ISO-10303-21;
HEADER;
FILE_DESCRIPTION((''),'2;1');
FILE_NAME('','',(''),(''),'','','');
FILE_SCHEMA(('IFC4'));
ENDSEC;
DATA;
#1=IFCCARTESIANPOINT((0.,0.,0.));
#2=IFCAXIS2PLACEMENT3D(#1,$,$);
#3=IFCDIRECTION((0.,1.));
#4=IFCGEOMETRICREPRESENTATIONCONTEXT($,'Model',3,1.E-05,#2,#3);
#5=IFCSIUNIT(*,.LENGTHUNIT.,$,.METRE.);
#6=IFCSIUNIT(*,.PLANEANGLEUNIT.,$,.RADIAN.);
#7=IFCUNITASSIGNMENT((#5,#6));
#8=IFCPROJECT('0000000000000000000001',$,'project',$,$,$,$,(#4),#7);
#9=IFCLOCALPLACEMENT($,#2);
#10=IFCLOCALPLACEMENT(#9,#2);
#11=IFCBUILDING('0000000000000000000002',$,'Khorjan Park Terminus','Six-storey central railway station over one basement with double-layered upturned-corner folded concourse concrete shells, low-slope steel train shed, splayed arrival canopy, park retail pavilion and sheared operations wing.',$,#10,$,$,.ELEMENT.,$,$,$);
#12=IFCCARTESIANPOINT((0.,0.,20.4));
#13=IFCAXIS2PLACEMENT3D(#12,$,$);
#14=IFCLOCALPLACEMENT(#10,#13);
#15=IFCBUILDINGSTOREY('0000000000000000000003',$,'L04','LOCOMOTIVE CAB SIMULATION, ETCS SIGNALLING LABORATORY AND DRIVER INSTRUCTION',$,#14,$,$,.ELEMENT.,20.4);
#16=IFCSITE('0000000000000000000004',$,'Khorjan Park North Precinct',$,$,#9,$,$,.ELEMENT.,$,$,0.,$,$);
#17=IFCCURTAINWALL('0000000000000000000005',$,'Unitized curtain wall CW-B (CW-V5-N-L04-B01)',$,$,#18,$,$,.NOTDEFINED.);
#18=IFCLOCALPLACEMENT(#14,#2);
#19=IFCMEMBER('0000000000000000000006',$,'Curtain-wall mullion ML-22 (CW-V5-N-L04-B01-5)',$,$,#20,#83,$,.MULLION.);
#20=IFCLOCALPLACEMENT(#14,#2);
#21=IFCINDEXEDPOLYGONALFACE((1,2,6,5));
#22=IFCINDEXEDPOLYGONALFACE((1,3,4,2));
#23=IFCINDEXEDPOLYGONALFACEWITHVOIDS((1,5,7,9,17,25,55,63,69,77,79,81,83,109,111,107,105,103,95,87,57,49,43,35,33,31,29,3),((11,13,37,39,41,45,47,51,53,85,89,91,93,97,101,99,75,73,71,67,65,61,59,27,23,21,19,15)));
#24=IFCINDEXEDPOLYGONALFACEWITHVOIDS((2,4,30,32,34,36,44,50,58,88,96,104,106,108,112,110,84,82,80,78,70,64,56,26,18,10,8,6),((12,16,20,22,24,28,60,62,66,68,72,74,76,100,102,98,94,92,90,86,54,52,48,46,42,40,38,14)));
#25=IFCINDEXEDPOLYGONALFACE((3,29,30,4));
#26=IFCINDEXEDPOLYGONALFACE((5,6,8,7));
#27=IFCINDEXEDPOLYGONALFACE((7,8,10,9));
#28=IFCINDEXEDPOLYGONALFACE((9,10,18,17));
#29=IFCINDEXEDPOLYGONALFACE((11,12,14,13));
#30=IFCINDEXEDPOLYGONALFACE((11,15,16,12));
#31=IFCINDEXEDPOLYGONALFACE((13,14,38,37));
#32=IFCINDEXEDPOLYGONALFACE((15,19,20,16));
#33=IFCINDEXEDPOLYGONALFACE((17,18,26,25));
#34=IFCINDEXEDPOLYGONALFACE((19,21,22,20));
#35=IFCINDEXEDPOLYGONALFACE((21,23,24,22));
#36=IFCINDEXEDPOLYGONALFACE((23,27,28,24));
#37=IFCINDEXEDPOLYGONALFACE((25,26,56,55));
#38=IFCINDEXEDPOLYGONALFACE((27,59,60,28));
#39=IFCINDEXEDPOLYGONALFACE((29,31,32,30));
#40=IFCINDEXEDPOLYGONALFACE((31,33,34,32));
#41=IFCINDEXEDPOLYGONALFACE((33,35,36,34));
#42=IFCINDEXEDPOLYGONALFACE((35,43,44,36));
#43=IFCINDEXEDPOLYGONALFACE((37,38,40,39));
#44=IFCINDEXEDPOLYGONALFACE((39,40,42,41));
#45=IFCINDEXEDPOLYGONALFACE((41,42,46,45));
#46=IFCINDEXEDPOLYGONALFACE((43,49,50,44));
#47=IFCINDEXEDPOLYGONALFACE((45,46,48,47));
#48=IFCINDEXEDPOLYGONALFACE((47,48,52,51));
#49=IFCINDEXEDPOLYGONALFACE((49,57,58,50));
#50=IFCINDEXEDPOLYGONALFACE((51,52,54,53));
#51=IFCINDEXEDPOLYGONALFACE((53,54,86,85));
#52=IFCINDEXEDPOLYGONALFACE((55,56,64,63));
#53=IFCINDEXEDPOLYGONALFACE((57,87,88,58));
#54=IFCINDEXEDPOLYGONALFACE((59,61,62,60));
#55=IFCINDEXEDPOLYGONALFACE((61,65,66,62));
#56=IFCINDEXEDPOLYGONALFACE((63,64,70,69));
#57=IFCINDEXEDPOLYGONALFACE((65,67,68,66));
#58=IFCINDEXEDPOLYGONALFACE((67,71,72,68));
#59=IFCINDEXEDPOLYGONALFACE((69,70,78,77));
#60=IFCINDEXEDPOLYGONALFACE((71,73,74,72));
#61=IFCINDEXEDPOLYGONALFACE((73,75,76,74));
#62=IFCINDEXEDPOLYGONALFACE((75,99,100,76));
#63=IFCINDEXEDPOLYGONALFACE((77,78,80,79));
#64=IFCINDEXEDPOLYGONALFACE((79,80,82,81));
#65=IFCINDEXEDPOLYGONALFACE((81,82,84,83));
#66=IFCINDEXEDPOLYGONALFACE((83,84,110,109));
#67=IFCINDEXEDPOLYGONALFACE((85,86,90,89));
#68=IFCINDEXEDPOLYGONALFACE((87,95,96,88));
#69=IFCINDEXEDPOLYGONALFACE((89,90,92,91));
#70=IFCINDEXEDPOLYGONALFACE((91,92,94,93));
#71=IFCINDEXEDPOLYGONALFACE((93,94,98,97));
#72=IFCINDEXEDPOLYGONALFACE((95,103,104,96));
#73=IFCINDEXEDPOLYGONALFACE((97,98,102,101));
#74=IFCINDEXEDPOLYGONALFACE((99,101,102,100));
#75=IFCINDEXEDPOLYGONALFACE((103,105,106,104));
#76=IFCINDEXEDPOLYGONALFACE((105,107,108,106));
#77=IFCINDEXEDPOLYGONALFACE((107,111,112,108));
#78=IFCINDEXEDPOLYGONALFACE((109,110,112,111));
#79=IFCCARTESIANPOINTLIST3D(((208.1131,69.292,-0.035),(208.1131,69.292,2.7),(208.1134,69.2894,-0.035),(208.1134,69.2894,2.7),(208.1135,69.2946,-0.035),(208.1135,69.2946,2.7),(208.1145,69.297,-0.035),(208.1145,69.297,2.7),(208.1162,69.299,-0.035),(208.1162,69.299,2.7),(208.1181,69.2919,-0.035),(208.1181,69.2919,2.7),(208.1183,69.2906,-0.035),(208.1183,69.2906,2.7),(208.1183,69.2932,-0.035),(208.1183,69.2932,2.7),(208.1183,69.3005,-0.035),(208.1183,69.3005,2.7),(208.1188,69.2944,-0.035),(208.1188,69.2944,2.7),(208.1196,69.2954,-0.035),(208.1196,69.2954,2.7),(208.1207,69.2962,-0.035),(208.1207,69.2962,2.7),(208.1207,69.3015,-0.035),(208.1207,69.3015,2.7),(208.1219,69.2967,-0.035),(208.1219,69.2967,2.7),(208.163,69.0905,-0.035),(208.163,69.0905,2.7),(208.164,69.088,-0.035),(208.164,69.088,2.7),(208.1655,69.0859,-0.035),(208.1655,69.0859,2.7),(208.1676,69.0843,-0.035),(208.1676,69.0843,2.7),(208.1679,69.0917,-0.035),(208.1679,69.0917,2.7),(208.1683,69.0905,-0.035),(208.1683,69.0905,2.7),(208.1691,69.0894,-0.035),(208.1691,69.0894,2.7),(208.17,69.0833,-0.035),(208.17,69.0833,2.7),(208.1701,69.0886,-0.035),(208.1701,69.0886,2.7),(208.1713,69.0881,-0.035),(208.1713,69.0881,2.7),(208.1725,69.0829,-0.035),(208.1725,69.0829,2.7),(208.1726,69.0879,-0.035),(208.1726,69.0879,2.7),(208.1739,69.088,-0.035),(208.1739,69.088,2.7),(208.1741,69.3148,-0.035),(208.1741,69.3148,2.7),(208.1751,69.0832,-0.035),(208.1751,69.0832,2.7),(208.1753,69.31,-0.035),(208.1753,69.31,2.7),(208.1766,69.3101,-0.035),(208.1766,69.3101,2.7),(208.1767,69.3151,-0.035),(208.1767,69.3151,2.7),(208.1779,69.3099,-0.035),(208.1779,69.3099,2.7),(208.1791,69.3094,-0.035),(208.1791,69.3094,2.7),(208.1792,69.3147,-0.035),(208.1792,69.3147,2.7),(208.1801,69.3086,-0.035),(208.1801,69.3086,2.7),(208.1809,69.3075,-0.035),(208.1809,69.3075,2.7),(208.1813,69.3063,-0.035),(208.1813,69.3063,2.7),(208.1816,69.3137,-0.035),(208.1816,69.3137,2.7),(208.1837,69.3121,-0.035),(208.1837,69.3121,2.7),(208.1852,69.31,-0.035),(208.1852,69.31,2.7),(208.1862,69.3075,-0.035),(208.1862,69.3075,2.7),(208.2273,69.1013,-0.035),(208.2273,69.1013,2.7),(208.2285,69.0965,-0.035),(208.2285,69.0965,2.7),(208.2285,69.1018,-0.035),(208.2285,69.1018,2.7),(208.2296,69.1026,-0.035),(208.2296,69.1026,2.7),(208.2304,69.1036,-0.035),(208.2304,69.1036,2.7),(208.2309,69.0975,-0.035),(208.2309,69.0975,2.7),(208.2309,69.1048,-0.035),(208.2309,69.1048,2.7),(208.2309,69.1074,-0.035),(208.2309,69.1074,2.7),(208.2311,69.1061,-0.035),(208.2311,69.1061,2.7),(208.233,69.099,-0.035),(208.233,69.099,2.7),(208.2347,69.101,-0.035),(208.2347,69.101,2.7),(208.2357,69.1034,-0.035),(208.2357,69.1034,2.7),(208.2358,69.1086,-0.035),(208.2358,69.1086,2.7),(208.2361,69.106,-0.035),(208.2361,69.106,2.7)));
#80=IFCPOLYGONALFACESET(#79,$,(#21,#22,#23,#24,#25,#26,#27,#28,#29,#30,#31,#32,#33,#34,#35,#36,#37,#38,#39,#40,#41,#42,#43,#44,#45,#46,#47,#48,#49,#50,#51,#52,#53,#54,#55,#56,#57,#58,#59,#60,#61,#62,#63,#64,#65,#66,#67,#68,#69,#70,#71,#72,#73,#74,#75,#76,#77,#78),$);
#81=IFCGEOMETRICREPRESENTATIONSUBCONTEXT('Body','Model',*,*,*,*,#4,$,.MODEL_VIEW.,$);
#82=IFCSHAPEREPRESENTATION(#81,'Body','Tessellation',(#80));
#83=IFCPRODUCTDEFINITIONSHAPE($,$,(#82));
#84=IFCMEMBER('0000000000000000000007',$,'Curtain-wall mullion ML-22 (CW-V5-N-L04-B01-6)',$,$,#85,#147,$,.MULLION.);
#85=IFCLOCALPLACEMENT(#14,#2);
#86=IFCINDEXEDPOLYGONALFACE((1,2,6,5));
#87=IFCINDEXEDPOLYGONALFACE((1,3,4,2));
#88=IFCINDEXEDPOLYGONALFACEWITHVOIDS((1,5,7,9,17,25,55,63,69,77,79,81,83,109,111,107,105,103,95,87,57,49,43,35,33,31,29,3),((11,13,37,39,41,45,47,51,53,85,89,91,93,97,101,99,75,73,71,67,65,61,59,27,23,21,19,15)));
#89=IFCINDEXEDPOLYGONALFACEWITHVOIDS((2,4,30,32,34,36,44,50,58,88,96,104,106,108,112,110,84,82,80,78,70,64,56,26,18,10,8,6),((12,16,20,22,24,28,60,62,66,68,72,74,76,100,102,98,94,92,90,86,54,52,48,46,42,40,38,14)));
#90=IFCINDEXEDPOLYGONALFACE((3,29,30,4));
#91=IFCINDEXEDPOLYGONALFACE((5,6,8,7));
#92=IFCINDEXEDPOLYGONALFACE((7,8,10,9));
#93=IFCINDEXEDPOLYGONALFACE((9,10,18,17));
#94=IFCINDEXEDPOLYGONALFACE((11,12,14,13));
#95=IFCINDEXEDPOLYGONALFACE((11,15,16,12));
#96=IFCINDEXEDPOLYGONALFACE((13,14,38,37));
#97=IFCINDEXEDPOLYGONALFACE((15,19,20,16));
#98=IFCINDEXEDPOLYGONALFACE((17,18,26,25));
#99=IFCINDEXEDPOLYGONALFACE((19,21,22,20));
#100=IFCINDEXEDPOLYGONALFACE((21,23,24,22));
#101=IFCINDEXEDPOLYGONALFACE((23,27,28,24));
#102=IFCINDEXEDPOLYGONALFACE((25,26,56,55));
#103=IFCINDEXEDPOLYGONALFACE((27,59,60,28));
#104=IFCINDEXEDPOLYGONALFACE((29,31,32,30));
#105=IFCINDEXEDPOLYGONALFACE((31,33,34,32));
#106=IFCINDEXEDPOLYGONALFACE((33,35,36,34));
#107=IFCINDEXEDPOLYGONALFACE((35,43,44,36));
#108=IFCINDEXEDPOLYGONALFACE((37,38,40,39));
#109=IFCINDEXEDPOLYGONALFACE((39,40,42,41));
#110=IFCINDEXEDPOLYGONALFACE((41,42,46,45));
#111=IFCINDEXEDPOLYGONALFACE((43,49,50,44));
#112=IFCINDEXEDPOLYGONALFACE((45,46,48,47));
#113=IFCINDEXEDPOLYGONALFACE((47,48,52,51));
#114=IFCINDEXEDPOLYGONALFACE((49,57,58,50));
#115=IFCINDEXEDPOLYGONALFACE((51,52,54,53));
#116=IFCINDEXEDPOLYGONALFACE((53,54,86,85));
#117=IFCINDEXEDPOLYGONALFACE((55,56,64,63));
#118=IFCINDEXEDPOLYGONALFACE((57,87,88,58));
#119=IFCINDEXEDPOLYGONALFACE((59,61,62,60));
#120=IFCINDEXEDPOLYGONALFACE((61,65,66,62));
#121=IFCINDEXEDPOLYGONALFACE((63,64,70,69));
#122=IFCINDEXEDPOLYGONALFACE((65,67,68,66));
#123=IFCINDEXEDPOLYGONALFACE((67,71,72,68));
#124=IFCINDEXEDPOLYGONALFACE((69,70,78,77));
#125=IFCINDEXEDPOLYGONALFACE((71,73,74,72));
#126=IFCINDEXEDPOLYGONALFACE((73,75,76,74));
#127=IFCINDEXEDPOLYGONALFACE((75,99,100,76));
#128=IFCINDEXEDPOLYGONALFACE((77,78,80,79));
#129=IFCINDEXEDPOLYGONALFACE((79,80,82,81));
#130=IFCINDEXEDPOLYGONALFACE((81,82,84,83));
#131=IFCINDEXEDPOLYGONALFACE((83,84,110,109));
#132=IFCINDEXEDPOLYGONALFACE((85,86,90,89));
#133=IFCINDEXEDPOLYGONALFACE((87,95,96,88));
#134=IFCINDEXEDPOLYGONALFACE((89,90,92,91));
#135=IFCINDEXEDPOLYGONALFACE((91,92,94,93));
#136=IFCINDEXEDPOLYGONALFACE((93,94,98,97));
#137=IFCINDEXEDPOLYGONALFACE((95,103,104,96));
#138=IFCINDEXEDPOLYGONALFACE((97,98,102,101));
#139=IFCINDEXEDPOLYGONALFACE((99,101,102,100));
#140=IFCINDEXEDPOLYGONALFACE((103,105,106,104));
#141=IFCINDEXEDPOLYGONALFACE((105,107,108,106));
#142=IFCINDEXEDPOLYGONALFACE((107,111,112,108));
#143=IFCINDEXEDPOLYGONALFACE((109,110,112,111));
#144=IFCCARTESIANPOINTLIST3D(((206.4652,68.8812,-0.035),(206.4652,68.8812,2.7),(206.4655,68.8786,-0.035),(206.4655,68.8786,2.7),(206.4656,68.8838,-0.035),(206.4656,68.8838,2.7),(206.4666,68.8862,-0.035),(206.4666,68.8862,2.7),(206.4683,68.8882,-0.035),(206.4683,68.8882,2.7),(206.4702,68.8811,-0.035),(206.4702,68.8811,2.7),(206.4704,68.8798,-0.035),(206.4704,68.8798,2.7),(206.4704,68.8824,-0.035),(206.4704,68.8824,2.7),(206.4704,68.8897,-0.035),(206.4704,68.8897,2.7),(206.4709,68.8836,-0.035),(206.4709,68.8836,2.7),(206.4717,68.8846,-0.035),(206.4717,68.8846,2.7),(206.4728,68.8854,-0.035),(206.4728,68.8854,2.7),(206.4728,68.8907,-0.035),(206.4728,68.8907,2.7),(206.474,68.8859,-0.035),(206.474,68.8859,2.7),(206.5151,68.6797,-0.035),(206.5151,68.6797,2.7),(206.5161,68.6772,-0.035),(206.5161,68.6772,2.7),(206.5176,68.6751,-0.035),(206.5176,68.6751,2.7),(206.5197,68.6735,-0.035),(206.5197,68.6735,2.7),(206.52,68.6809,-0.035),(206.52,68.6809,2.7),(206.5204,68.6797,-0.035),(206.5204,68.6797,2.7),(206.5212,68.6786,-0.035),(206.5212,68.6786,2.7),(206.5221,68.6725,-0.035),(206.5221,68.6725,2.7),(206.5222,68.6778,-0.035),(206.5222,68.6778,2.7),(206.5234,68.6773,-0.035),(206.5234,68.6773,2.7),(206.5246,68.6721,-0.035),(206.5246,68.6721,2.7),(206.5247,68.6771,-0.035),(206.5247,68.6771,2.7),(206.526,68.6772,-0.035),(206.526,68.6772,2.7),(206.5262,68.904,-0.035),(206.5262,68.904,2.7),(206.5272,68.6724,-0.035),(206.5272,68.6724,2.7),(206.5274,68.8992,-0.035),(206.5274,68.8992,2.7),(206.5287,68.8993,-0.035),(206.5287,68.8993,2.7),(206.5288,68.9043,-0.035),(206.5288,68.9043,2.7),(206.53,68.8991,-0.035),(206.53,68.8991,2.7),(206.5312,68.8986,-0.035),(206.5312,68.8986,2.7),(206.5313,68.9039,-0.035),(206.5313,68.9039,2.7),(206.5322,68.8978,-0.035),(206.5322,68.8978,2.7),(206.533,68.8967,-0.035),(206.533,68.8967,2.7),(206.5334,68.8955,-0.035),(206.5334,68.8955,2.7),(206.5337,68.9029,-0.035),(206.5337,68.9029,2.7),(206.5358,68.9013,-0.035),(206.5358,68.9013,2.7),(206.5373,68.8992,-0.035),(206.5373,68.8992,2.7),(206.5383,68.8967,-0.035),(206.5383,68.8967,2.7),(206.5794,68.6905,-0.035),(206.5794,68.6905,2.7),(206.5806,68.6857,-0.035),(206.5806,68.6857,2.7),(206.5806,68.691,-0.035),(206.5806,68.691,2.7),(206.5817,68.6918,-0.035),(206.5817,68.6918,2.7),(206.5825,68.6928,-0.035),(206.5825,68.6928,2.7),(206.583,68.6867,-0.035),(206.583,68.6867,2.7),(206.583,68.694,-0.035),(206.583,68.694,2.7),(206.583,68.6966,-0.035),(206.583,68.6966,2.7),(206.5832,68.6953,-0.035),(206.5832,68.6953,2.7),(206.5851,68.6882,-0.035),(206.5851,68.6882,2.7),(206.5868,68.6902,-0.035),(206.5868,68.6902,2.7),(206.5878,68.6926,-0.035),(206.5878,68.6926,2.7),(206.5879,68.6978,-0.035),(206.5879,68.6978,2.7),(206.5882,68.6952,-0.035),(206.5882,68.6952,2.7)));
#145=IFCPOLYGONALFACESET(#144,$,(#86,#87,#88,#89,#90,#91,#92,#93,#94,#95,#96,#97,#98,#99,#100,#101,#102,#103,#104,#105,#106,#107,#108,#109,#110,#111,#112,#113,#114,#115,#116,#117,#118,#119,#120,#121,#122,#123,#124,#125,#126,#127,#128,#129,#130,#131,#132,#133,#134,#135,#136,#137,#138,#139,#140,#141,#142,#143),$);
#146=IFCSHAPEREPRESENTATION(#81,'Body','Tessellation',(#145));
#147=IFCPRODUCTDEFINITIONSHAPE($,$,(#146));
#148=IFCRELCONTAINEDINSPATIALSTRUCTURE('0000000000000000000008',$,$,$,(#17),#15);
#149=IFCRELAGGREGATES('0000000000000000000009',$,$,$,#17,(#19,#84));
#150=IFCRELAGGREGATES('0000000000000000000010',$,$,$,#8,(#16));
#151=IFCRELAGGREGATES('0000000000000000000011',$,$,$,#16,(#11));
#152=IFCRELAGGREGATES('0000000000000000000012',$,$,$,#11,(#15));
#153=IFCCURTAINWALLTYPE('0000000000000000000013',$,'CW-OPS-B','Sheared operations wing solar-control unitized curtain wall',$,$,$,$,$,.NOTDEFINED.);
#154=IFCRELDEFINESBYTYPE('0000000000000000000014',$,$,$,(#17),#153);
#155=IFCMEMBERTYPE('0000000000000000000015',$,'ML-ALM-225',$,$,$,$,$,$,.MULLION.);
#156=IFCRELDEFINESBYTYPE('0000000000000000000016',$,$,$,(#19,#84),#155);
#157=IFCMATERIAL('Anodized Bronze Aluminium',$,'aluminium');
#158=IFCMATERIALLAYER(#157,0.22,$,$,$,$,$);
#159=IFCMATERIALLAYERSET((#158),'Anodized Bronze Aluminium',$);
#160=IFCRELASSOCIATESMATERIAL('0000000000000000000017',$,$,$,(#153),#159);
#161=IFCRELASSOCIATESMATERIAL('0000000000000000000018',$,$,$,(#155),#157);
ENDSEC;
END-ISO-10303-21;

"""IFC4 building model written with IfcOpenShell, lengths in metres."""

from ifc_helpers import new_model, si_unit, direction, frame, origin, origin_2d, place, context, subcontext, project, spatial, hollow_rectangle, extrude, material, layer, layer_set, material_profile, profile_set, type_object, element, aggregate, save


model = new_model("IFC4")

# Units and contexts
model_context = context("Model", 3, precision=1e-05, world=origin(), true_north=direction((0.0, 1.0)))
body_context = subcontext(model_context, "Body", "Model", "MODEL_VIEW")
ifc_project = project(units=[si_unit("LENGTHUNIT", "METRE"), si_unit("PLANEANGLEUNIT", "RADIAN")], contexts=[model_context])

# Site, building, storey
site_placement = place(None, origin())
site = spatial("IfcSite", under=ifc_project, at=site_placement, Name="Khorjan Park North Precinct", CompositionType="ELEMENT", RefElevation=0.0)
building_placement = place(site_placement, origin())
building = spatial("IfcBuilding", under=site, at=building_placement, Name="Khorjan Park Terminus", Description="Six-storey central railway station over one basement with double-layered upturned-corner folded concourse concrete shells, low-slope steel train shed, splayed arrival canopy, park retail pavilion and sheared operations wing.", CompositionType="ELEMENT")
storey_placement = place(building_placement, frame((0.0, 0.0, 20.4)))
storey = spatial("IfcBuildingStorey", under=building, at=storey_placement, Name="L04", Description="LOCOMOTIVE CAB SIMULATION, ETCS SIGNALLING LABORATORY AND DRIVER INSTRUCTION", CompositionType="ELEMENT", Elevation=20.4)

# Curtain wall, members
ifc_material_1 = material(Name="Anodized Bronze Aluminium", Category="aluminium")
ifc_layer_1 = layer(ifc_material_1, 0.22)
ifc_layer_set_1 = layer_set([ifc_layer_1], Name="Anodized Bronze Aluminium")
curtain_wall_type = type_object("IfcCurtainWallType", Name="CW-OPS-B", Description="Sheared operations wing solar-control unitized curtain wall", PredefinedType="NOTDEFINED", material=ifc_layer_set_1)
curtain_wall_placement = place(storey_placement, origin())
curtain_wall = element("IfcCurtainWall", 1, at=curtain_wall_placement, inside=storey, type_object=curtain_wall_type, Name="Unitized curtain wall CW-B (CW-V5-N-L04-B01)", PredefinedType="NOTDEFINED")
ifc_material_profile_1 = material_profile(ifc_material_1, hollow_rectangle(XDim=0.075, YDim=0.225, WallThickness=0.005, InnerFilletRadius=0.005, OuterFilletRadius=0.01, at=origin_2d()), Name="ALM 75x225x5")
ifc_profile_set_1 = profile_set([ifc_material_profile_1], Name="Anodized Bronze Aluminium")
member_type_1 = type_object("IfcMemberType", Name="ML-ALM-225", PredefinedType="MULLION", material=ifc_profile_set_1)
member_1_placement = place(storey_placement, frame((208.1746, 69.199, -0.035), z_axis=(0.0, 0.0, 1.0), x_axis=(-0.970296, -0.241919, 0.0)))
member_1 = element("IfcMember", 2, at=member_1_placement, type_object=member_type_1, Name="Curtain-wall mullion ML-22 (CW-V5-N-L04-B01-5)", PredefinedType="MULLION", context=body_context, shape_type="SweptSolid", body=[
    extrude(hollow_rectangle(XDim=0.075, YDim=0.225, WallThickness=0.005, InnerFilletRadius=0.005, OuterFilletRadius=0.01, at=origin_2d()), origin(), (0.0, 0.0, 1.0), 2.735),
])
member_2_placement = place(storey_placement, frame((206.5267, 68.7882, -0.035), z_axis=(0.0, 0.0, 1.0), x_axis=(-0.970296, -0.241919, 0.0)))
member_2 = element("IfcMember", 3, at=member_2_placement, type_object=member_type_1, Name="Curtain-wall mullion ML-22 (CW-V5-N-L04-B01-6)", PredefinedType="MULLION", context=body_context, shape_type="SweptSolid", body=[
    extrude(hollow_rectangle(XDim=0.075, YDim=0.225, WallThickness=0.005, InnerFilletRadius=0.005, OuterFilletRadius=0.01, at=origin_2d()), origin(), (0.0, 0.0, 1.0), 2.735),
])
aggregate(curtain_wall, [member_1, member_2])

save(model, "model.ifc")
